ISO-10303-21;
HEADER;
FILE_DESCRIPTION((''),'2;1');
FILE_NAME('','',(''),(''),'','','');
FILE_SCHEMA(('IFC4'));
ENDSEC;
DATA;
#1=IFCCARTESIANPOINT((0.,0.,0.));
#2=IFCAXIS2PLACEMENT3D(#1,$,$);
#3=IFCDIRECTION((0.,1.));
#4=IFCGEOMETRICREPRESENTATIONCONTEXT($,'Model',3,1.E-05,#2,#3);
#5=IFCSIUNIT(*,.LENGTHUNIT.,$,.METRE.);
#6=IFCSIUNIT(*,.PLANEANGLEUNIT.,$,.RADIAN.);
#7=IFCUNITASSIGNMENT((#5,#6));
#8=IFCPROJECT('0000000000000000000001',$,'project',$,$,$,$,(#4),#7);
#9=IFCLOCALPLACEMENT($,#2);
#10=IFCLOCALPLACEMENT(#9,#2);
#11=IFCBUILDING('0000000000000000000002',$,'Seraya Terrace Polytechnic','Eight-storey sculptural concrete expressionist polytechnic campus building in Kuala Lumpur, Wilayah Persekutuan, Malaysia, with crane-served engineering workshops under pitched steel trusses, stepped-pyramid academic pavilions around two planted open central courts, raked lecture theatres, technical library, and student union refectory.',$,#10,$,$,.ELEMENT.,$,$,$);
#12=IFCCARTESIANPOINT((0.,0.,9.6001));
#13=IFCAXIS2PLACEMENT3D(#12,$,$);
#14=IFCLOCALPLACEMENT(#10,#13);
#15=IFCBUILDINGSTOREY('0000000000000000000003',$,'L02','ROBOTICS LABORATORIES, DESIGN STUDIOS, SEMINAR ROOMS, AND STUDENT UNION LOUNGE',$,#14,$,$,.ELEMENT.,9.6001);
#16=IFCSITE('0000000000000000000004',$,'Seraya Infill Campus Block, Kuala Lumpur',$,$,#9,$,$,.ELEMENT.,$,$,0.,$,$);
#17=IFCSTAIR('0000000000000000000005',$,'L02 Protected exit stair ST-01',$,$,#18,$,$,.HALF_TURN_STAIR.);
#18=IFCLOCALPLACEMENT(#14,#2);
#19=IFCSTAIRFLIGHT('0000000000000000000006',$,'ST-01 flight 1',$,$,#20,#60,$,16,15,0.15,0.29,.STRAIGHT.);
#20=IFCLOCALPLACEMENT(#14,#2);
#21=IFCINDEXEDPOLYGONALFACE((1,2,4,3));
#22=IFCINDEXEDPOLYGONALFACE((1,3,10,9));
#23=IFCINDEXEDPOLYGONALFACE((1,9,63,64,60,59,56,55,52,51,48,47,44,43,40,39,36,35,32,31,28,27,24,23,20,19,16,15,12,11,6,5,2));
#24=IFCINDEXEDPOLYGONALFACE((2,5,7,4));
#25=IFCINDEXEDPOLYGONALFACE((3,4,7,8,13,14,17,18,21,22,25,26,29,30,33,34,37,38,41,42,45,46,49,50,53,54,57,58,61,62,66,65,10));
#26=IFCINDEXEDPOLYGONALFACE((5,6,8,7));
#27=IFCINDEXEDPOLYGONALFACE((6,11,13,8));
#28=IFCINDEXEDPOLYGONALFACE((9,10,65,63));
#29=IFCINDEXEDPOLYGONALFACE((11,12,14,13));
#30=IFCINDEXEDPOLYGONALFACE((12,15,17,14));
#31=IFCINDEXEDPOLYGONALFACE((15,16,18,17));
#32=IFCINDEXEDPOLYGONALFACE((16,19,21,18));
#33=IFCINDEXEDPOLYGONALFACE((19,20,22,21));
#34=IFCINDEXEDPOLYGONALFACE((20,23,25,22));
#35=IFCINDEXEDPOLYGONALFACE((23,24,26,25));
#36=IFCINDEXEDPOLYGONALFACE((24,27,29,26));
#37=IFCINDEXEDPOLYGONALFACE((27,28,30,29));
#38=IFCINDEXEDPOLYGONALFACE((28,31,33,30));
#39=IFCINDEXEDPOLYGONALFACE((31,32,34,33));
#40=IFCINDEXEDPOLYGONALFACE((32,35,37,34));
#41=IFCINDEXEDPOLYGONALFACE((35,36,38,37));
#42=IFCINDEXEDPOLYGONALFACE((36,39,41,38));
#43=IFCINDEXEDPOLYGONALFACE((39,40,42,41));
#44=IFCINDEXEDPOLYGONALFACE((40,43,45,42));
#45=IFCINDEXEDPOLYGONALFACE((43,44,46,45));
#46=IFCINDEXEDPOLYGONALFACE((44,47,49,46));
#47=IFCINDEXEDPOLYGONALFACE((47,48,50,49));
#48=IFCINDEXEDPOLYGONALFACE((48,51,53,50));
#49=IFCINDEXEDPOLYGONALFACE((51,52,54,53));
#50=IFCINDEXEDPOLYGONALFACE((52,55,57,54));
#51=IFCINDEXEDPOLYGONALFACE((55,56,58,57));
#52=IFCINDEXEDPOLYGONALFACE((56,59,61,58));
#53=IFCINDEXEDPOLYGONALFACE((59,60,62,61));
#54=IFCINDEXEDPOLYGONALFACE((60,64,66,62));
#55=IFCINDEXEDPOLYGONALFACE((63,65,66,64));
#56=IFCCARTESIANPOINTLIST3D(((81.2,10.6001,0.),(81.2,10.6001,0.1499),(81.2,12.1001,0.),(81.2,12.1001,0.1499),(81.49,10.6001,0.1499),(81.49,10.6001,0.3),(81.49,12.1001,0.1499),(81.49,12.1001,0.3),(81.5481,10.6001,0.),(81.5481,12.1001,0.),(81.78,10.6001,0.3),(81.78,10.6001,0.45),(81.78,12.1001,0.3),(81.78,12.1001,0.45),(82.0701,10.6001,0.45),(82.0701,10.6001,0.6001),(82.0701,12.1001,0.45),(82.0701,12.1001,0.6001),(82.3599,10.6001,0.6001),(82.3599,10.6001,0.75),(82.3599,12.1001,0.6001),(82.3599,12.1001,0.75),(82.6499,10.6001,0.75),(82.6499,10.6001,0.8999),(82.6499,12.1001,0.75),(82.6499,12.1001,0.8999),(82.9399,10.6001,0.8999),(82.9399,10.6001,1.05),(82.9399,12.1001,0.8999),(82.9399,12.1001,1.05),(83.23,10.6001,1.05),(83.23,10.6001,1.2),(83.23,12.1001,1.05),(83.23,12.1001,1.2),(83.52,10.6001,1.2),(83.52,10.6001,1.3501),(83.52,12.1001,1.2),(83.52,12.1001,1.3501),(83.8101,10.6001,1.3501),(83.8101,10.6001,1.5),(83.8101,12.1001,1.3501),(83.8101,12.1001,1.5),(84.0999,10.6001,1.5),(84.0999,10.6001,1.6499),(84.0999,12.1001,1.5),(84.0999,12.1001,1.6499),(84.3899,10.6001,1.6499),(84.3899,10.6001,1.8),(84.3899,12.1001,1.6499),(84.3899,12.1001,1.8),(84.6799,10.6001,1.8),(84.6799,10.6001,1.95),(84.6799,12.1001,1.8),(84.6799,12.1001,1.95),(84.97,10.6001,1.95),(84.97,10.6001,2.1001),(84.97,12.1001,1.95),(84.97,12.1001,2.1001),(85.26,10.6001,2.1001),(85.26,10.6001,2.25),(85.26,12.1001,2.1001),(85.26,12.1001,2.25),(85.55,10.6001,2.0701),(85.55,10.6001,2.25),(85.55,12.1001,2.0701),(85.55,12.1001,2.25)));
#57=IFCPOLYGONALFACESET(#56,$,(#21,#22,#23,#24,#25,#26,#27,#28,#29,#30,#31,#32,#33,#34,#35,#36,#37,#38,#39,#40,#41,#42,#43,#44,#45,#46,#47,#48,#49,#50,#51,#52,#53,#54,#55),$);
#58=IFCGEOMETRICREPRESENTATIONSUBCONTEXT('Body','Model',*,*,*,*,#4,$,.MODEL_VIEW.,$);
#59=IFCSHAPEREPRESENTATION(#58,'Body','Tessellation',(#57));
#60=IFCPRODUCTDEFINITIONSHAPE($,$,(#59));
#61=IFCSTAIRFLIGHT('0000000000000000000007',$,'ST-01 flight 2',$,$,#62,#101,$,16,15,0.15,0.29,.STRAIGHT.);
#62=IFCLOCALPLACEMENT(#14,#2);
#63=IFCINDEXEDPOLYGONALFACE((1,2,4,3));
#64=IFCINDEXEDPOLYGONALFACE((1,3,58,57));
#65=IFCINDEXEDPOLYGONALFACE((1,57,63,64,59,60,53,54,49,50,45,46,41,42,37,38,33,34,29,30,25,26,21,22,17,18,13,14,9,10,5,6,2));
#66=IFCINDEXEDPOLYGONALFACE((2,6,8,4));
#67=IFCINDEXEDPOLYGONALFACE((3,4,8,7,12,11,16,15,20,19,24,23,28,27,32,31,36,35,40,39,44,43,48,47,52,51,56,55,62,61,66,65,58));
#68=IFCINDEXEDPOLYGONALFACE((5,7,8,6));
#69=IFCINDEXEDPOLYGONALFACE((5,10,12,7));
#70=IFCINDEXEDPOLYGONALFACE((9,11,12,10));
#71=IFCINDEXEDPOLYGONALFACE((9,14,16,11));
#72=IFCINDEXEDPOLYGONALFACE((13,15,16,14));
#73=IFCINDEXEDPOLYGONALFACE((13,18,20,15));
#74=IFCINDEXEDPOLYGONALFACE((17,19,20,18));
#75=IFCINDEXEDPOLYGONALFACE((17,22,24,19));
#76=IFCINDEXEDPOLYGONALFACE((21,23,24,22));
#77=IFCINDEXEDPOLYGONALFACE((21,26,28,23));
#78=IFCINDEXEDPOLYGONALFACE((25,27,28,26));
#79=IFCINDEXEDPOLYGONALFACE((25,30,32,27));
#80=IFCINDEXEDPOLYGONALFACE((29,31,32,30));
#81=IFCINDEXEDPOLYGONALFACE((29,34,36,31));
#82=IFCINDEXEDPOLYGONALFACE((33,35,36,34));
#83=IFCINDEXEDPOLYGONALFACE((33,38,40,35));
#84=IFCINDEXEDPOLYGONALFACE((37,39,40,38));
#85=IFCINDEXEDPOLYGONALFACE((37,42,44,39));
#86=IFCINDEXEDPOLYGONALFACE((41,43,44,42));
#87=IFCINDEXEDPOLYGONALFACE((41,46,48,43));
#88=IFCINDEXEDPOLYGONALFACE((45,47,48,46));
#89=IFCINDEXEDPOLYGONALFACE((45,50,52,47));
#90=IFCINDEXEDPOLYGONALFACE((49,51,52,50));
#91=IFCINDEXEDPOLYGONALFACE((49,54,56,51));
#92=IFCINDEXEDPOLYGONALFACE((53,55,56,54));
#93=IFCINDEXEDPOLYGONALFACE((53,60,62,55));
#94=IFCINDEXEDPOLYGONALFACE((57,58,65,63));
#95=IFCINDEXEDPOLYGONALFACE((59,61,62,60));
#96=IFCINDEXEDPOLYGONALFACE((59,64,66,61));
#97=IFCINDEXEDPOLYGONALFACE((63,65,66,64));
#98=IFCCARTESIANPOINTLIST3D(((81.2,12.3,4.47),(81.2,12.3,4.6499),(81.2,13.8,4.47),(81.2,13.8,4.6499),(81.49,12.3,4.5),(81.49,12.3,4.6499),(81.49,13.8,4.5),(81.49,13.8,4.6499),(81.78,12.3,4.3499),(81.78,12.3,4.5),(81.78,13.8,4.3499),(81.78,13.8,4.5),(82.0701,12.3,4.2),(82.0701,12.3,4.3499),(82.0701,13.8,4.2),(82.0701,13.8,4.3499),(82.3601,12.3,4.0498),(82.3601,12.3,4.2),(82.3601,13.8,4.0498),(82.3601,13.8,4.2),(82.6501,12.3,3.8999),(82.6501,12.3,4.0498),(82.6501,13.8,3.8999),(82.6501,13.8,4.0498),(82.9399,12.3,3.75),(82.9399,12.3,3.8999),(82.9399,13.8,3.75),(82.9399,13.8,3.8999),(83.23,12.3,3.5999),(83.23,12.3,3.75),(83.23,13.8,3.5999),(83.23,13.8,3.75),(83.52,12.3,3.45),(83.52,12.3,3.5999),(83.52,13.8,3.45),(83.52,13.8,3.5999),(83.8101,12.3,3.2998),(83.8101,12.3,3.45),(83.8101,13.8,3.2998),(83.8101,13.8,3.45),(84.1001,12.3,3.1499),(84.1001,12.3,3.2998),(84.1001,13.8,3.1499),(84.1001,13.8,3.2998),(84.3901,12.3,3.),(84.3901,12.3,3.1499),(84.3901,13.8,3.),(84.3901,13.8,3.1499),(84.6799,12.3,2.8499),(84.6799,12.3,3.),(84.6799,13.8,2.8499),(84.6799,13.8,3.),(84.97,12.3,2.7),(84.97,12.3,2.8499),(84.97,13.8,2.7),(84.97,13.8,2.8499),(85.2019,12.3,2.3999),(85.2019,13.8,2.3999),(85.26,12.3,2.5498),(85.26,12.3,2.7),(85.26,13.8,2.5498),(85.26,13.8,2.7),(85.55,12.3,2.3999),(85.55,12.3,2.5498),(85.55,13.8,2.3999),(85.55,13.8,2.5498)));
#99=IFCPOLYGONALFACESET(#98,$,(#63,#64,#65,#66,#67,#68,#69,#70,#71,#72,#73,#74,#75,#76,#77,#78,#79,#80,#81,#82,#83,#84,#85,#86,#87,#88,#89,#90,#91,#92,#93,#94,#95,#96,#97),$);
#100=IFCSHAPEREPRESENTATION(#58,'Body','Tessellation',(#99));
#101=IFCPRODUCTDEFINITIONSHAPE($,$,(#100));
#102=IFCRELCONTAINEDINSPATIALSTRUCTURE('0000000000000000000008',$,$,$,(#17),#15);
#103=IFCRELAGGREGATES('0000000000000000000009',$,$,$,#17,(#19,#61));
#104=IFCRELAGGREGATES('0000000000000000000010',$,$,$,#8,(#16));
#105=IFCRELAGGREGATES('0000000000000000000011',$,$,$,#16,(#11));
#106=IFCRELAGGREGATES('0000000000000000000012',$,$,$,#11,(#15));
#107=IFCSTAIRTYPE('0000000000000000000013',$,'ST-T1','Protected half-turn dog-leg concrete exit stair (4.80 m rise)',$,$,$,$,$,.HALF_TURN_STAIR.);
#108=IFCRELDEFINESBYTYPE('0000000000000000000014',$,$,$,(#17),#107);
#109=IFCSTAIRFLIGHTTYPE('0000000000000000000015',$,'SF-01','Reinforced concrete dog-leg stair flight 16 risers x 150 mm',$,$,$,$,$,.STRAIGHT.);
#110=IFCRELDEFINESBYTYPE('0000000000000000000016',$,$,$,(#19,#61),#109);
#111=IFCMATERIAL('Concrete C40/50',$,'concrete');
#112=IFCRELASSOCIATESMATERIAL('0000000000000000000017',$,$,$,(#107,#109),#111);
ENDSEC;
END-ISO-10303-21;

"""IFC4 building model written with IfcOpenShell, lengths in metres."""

from ifc_helpers import new_model, si_unit, direction, frame, origin, place, context, subcontext, project, spatial, polyline, outline, extrude, material, type_object, element, aggregate, save


model = new_model("IFC4")

# Units and contexts
model_context = context("Model", 3, precision=1e-05, world=origin(), true_north=direction((0.0, 1.0)))
body_context = subcontext(model_context, "Body", "Model", "MODEL_VIEW")
ifc_project = project(units=[si_unit("LENGTHUNIT", "METRE"), si_unit("PLANEANGLEUNIT", "RADIAN")], contexts=[model_context])

# Site, building, storey
site_placement = place(None, origin())
site = spatial("IfcSite", under=ifc_project, at=site_placement, Name="Seraya Infill Campus Block, Kuala Lumpur", CompositionType="ELEMENT", RefElevation=0.0)
building_placement = place(site_placement, origin())
building = spatial("IfcBuilding", under=site, at=building_placement, Name="Seraya Terrace Polytechnic", Description="Eight-storey sculptural concrete expressionist polytechnic campus building in Kuala Lumpur, Wilayah Persekutuan, Malaysia, with crane-served engineering workshops under pitched steel trusses, stepped-pyramid academic pavilions around two planted open central courts, raked lecture theatres, technical library, and student union refectory.", CompositionType="ELEMENT")
storey_placement = place(building_placement, frame((0.0, 0.0, 9.6001)))
storey = spatial("IfcBuildingStorey", under=building, at=storey_placement, Name="L02", Description="ROBOTICS LABORATORIES, DESIGN STUDIOS, SEMINAR ROOMS, AND STUDENT UNION LOUNGE", CompositionType="ELEMENT", Elevation=9.6001)

# Shared definitions
ifc_material_1 = material(Name="Concrete C40/50", Category="concrete")

# Stair, stair flights
stair_type = type_object("IfcStairType", Name="ST-T1", Description="Protected half-turn dog-leg concrete exit stair (4.80 m rise)", PredefinedType="HALF_TURN_STAIR", material=ifc_material_1)
stair_placement = place(storey_placement, origin())
stair = element("IfcStair", 1, at=stair_placement, inside=storey, type_object=stair_type, Name="L02 Protected exit stair ST-01", PredefinedType="HALF_TURN_STAIR")
stair_flight_type = type_object("IfcStairFlightType", Name="SF-01", Description="Reinforced concrete dog-leg stair flight 16 risers x 150 mm", PredefinedType="STRAIGHT", material=ifc_material_1)
stair_flight_1_placement = place(storey_placement, frame((81.2, 11.3501, 0.0), z_axis=(0.0, 0.0, 1.0), x_axis=(1.0, 0.0, 0.0)))
stair_flight_1 = element("IfcStairFlight", 2, at=stair_flight_1_placement, type_object=stair_flight_type, Name="ST-01 flight 1", NumberOfRisers=16, NumberOfTreads=15, PredefinedType="STRAIGHT", RiserHeight=0.15, TreadLength=0.29, context=body_context, shape_type="SweptSolid", body=[
    extrude(outline(polyline([(0.0, 0.0), (0.0, 0.1499), (0.29, 0.1499), (0.29, 0.3), (0.5801, 0.3), (0.5801, 0.45), (0.8701, 0.45), (0.8701, 0.6001), (1.1599, 0.6001), (1.1599, 0.75), (1.45, 0.75), (1.45, 0.8999), (1.74, 0.8999), (1.74, 1.05), (2.03, 1.05), (2.03, 1.2), (2.3201, 1.2), (2.3201, 1.3501), (2.6101, 1.3501), (2.6101, 1.5), (2.8999, 1.5), (2.8999, 1.6499), (3.1899, 1.6499), (3.1899, 1.8), (3.48, 1.8), (3.48, 1.95), (3.77, 1.95), (3.77, 2.1001), (4.0601, 2.1001), (4.0601, 2.25), (4.3501, 2.25), (4.3501, 2.3999), (4.3501, 2.0701), (0.3481, 0.0), (0.0, 0.0)])), frame((0.0, 0.75, 0.0), z_axis=(0.0, -1.0, 0.0), x_axis=(1.0, 0.0, 0.0)), (0.0, 0.0, 1.0), 1.5),
])
stair_flight_2_placement = place(storey_placement, frame((85.55, 13.05, 2.3999), z_axis=(0.0, 0.0, 1.0), x_axis=(-1.0, 0.0, 0.0)))
stair_flight_2 = element("IfcStairFlight", 3, at=stair_flight_2_placement, type_object=stair_flight_type, Name="ST-01 flight 2", NumberOfRisers=16, NumberOfTreads=15, PredefinedType="STRAIGHT", RiserHeight=0.15, TreadLength=0.29, context=body_context, shape_type="SweptSolid", body=[
    extrude(outline(polyline([(0.0, 0.0), (0.0, 0.1499), (0.29, 0.1499), (0.29, 0.3), (0.5801, 0.3), (0.5801, 0.45), (0.8701, 0.45), (0.8701, 0.6001), (1.1599, 0.6001), (1.1599, 0.75), (1.45, 0.75), (1.45, 0.8999), (1.74, 0.8999), (1.74, 1.05), (2.03, 1.05), (2.03, 1.2), (2.3201, 1.2), (2.3201, 1.3501), (2.6101, 1.3501), (2.6101, 1.5), (2.8999, 1.5), (2.8999, 1.6499), (3.1899, 1.6499), (3.1899, 1.8), (3.48, 1.8), (3.48, 1.95), (3.77, 1.95), (3.77, 2.1001), (4.0601, 2.1001), (4.0601, 2.25), (4.3501, 2.25), (4.3501, 2.3999), (4.3501, 2.0701), (0.3481, 0.0), (0.0, 0.0)])), frame((0.0, 0.75, 0.0), z_axis=(0.0, -1.0, 0.0), x_axis=(1.0, 0.0, 0.0)), (0.0, 0.0, 1.0), 1.5),
])
aggregate(stair, [stair_flight_1, stair_flight_2])

save(model, "model.ifc")
